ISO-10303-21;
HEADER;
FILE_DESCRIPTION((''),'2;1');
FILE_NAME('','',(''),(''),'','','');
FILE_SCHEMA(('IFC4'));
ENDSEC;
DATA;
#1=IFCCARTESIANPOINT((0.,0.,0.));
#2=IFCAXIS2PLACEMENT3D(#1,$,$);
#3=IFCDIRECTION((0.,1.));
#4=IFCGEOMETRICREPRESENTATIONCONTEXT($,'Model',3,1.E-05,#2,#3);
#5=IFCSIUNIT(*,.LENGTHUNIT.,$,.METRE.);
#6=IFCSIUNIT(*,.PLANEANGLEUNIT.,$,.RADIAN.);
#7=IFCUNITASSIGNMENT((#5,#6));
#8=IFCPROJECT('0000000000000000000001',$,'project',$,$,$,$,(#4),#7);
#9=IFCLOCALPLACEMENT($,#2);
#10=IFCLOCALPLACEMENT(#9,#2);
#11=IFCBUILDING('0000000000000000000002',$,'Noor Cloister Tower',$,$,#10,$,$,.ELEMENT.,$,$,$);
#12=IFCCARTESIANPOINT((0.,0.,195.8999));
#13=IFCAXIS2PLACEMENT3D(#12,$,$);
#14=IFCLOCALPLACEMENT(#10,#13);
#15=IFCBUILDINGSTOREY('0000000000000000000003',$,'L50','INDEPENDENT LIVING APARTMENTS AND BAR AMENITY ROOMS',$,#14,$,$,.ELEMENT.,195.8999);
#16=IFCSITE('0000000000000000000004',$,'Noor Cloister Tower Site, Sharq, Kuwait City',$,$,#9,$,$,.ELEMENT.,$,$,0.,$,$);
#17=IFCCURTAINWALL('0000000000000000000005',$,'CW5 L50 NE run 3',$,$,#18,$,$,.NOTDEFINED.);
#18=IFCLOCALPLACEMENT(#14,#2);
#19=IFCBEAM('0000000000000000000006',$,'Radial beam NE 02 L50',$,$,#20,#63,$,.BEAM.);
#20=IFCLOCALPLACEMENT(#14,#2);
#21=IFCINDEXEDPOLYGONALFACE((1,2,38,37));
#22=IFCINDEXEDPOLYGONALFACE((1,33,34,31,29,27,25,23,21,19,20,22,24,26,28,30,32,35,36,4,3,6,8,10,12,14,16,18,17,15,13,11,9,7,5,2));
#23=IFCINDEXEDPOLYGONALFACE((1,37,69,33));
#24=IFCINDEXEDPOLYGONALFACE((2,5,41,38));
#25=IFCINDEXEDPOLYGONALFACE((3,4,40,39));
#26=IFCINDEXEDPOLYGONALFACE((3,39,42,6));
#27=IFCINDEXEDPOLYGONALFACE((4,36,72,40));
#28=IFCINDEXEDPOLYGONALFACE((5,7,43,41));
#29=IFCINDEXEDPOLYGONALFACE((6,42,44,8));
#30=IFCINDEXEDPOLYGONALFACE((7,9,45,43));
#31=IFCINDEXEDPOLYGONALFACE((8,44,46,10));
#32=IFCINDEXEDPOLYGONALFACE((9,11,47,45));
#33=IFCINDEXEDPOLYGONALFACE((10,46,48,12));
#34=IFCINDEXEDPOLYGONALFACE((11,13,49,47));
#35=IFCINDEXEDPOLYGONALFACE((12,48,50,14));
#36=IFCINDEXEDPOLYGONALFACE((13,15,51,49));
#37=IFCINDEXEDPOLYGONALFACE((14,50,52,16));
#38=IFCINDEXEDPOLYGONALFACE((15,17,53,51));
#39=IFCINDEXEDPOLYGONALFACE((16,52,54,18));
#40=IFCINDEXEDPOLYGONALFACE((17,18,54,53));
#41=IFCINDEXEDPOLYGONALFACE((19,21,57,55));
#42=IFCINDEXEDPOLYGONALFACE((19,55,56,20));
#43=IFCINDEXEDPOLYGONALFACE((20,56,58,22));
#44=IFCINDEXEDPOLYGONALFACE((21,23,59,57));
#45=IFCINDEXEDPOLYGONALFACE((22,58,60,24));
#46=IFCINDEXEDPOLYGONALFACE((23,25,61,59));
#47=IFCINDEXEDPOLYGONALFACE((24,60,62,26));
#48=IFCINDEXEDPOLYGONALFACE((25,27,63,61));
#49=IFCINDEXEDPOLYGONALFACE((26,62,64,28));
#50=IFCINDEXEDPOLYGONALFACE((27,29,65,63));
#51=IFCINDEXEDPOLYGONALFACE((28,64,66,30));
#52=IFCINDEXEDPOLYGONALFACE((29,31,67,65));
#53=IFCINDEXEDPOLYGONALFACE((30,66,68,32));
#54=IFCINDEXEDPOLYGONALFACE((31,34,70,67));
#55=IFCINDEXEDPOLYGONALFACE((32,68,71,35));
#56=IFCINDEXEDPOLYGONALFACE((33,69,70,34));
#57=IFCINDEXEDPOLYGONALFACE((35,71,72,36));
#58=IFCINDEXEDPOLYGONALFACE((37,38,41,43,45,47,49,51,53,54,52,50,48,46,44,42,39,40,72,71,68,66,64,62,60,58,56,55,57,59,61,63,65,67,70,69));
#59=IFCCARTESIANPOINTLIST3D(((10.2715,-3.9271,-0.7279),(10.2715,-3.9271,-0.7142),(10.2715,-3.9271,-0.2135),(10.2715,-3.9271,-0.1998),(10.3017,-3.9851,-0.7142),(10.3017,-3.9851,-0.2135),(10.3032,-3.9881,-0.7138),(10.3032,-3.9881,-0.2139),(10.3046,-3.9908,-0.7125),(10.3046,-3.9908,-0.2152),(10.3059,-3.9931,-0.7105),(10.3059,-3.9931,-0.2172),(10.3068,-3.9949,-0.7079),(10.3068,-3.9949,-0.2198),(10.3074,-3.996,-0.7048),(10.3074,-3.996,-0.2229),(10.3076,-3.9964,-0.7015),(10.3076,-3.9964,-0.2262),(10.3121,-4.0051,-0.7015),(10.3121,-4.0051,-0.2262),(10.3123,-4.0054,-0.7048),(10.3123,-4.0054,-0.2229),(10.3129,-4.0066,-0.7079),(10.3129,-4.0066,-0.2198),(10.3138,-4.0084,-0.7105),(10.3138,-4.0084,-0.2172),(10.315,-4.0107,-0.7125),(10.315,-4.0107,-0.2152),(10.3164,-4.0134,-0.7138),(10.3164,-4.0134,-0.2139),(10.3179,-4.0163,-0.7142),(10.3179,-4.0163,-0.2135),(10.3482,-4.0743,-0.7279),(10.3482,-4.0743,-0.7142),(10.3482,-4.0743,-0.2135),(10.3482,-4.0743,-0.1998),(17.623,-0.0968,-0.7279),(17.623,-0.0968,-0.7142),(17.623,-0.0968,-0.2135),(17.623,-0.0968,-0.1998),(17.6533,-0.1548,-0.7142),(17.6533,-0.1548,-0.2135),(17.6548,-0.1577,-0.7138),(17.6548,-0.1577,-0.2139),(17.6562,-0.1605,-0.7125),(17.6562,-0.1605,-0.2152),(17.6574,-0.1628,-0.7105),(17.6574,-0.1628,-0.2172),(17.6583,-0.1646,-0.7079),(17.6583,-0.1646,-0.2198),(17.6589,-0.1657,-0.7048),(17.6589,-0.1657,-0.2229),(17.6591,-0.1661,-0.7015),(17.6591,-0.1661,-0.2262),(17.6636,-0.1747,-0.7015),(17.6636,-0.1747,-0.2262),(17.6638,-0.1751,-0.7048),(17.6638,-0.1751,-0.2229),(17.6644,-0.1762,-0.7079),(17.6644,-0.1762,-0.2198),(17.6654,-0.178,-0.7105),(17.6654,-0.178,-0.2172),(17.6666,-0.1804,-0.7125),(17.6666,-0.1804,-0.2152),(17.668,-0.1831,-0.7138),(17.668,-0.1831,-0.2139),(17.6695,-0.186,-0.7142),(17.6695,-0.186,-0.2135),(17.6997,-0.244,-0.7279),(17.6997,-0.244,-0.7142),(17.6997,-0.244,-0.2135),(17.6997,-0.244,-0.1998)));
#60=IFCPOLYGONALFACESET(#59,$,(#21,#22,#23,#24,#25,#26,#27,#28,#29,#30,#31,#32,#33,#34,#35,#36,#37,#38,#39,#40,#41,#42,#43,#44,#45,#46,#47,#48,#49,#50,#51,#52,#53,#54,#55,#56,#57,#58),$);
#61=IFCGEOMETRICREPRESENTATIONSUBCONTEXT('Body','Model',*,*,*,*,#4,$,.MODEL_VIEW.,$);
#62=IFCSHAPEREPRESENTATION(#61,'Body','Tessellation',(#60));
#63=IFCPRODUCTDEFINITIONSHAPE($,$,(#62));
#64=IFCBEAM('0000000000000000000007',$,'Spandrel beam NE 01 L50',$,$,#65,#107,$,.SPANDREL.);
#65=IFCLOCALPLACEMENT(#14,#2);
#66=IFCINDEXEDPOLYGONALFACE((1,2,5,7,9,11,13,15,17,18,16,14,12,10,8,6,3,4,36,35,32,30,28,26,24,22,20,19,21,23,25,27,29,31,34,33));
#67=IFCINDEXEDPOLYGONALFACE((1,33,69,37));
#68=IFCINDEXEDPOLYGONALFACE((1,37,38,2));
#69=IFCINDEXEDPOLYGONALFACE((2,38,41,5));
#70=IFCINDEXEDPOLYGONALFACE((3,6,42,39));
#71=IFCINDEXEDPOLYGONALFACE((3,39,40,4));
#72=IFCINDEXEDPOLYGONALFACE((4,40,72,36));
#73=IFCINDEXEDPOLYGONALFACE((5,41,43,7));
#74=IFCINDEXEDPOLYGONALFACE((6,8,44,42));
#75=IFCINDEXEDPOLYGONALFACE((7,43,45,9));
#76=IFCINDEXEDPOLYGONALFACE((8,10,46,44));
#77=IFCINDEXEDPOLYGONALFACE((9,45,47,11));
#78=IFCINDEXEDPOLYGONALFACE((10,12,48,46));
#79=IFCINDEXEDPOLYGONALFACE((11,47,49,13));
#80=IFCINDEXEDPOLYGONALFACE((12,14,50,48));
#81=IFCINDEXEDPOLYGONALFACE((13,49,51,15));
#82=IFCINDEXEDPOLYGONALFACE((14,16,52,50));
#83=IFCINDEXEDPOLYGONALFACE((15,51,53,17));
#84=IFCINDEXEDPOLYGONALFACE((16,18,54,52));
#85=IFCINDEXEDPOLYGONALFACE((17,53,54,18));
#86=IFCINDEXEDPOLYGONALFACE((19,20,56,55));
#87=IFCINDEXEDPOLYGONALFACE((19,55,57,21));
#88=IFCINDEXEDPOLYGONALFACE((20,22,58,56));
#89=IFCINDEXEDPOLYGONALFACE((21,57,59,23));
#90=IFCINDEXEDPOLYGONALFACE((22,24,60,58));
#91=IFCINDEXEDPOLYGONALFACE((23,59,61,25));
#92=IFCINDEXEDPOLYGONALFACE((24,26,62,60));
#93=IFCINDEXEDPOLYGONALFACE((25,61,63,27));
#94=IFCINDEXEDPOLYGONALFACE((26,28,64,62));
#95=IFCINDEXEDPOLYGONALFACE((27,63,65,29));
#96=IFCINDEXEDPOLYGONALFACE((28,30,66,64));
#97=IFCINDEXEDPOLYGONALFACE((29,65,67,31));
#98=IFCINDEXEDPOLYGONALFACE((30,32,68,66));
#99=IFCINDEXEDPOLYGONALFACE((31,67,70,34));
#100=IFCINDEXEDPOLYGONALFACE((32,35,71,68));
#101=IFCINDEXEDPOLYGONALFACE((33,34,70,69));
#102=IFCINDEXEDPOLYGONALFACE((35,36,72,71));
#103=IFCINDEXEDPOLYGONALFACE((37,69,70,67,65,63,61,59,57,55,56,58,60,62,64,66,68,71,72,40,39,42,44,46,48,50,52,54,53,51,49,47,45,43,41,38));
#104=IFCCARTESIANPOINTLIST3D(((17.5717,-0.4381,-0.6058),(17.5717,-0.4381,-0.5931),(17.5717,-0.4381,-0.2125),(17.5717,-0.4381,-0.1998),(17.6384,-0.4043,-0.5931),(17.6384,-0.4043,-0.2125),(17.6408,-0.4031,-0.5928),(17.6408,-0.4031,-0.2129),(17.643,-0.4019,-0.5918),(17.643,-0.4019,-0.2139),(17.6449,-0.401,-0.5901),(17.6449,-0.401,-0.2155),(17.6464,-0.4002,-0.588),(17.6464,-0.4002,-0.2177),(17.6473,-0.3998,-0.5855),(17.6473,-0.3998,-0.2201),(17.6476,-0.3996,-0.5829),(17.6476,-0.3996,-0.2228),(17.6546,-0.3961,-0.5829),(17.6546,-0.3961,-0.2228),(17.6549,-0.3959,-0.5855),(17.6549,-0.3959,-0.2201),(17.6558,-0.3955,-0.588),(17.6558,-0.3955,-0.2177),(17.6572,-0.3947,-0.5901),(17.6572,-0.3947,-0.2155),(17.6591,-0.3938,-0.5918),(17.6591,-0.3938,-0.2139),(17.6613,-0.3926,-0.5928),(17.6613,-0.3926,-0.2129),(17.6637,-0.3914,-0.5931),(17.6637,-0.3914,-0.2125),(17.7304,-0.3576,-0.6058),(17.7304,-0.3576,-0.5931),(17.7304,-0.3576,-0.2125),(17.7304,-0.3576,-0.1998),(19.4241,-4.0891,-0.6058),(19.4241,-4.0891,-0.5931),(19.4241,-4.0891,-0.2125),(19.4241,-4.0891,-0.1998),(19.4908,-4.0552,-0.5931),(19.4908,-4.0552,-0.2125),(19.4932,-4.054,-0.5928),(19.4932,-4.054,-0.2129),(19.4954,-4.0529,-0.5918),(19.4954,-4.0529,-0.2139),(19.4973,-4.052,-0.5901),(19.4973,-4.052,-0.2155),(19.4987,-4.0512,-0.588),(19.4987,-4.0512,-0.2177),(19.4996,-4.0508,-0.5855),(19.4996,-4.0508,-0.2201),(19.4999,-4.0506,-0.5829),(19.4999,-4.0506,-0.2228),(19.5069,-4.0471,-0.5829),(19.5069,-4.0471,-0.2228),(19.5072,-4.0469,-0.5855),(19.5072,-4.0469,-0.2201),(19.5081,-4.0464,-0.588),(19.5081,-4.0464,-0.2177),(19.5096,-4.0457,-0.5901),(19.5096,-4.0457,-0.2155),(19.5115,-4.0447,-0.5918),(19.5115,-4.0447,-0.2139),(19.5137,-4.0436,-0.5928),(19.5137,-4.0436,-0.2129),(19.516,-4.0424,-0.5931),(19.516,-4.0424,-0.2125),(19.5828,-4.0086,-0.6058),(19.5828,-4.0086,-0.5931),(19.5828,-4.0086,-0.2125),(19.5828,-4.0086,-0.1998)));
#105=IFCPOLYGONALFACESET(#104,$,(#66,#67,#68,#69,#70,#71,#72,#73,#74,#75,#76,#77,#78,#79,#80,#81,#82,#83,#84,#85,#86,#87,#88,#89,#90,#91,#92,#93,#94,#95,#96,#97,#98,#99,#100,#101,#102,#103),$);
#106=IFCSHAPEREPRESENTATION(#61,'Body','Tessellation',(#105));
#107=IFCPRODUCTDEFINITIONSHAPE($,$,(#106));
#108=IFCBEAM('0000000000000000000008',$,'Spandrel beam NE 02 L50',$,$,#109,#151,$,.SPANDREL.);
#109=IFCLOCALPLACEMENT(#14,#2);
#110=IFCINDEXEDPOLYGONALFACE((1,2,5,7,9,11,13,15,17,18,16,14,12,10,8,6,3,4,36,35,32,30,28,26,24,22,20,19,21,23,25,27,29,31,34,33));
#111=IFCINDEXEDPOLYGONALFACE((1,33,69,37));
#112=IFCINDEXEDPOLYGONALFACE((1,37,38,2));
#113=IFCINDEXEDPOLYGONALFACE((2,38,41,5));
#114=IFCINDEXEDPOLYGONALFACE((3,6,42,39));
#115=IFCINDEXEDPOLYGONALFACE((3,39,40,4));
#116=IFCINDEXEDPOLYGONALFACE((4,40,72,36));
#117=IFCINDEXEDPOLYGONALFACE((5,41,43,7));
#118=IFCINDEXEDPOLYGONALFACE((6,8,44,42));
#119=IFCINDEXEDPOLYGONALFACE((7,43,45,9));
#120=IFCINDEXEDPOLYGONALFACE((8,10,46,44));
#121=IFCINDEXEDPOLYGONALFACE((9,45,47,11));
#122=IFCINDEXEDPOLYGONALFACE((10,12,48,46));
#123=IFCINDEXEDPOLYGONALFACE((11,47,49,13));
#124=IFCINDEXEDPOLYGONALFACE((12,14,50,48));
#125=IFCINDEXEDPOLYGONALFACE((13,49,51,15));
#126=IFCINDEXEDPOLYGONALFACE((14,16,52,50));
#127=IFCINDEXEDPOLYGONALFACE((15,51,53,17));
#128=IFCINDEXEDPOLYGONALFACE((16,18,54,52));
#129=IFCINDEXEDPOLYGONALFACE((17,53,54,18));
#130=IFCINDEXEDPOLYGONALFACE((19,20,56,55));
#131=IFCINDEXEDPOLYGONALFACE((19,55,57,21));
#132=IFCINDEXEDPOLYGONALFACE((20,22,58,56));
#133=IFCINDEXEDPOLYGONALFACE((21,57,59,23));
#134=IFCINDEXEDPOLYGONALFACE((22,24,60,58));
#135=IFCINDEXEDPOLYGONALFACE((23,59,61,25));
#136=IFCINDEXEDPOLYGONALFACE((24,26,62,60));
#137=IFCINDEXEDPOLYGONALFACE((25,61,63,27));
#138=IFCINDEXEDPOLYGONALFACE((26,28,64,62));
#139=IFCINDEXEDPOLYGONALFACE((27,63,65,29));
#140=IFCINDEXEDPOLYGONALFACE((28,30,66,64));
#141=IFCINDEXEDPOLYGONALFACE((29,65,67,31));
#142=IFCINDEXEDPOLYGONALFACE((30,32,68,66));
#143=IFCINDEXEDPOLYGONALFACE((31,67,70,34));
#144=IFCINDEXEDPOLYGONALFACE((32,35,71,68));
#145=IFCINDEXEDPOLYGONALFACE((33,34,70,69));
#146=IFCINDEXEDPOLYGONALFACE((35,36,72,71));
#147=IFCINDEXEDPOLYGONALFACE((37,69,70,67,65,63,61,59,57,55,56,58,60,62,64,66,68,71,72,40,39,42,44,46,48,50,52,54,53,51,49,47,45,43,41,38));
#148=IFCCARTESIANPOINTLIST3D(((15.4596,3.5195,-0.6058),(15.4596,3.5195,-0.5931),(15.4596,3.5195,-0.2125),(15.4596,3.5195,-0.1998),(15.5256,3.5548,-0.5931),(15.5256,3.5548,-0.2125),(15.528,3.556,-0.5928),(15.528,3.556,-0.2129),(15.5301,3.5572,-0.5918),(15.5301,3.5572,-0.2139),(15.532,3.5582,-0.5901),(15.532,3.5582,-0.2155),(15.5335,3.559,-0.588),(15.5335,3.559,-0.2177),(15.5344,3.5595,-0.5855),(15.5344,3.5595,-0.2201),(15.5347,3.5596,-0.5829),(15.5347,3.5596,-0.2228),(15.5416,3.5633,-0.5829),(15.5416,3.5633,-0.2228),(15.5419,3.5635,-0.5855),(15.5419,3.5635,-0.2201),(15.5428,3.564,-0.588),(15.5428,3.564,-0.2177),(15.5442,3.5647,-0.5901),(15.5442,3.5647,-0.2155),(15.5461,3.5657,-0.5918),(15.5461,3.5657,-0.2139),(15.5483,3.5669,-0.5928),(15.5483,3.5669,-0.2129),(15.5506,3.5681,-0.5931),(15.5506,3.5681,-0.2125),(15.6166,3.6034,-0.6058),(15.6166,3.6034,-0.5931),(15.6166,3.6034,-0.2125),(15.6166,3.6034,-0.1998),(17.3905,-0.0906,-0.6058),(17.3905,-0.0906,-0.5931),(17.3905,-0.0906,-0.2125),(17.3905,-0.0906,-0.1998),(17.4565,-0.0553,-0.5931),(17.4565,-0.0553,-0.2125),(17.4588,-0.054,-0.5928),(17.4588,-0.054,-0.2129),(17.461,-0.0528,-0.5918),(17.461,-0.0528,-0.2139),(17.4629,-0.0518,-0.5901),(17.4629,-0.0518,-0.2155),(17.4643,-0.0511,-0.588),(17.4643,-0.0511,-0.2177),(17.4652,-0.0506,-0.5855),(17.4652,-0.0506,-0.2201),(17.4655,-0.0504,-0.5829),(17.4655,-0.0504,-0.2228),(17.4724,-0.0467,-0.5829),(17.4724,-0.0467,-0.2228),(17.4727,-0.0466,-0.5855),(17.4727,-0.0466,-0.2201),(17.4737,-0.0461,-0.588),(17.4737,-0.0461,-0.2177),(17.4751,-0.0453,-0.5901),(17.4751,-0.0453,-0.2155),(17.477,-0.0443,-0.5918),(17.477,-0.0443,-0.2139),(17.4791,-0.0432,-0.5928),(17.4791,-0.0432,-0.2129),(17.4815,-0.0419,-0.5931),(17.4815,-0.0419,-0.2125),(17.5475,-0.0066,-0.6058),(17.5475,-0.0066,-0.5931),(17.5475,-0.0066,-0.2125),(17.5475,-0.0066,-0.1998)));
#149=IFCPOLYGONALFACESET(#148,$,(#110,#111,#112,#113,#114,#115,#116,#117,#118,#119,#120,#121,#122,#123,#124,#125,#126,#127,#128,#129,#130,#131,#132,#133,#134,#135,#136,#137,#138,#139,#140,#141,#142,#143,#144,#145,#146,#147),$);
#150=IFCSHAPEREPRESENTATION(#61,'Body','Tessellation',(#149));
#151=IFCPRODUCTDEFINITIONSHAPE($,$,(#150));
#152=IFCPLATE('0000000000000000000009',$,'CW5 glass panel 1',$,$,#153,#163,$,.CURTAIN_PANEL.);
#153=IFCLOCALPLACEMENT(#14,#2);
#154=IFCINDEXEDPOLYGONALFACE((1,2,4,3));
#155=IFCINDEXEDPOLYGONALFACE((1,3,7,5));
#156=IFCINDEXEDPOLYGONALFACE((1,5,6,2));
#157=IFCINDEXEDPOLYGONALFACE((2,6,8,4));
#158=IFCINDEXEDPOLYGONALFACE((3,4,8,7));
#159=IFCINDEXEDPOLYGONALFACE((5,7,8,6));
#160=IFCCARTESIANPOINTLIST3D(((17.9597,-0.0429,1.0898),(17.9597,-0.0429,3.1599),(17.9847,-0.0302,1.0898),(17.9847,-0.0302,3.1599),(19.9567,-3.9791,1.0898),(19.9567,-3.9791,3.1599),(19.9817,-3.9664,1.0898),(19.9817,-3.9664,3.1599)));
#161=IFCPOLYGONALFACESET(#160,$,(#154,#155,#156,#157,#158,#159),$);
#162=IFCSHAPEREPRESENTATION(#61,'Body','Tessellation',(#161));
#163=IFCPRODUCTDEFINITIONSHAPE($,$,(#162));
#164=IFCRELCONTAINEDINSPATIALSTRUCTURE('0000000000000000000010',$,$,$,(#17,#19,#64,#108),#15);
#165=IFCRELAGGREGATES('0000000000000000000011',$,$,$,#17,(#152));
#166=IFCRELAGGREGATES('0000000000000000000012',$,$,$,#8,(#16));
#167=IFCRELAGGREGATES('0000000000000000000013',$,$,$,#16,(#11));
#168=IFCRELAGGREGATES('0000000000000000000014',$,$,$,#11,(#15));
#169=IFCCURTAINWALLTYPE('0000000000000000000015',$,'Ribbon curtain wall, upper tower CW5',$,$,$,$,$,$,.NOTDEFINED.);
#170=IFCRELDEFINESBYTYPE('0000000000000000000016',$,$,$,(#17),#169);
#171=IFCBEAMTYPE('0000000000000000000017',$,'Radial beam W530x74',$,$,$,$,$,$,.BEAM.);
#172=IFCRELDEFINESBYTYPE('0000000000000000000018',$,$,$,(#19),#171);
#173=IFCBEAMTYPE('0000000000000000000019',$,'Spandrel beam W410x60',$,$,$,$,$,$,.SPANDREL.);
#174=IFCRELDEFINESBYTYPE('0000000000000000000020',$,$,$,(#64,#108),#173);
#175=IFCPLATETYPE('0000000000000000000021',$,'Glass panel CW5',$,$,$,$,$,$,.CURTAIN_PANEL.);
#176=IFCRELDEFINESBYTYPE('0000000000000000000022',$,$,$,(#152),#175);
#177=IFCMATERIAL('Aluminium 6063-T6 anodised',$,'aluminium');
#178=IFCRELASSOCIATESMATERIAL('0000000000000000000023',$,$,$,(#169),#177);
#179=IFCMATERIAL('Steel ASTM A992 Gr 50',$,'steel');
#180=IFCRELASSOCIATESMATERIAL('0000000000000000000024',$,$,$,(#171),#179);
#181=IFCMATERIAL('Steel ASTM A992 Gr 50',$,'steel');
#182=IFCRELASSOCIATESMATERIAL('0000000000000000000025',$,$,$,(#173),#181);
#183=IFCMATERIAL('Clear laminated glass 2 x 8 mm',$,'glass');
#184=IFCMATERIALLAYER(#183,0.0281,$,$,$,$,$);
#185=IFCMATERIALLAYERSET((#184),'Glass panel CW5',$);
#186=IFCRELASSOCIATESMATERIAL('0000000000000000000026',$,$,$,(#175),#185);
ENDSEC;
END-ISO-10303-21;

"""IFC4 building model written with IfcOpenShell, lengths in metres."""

from ifc_helpers import new_model, si_unit, direction, frame, origin, origin_2d, place, context, subcontext, project, spatial, rectangle, i_section, extrude, material, layer, layer_set, material_profile, profile_set, type_object, element, aggregate, save


model = new_model("IFC4")

# Units and contexts
model_context = context("Model", 3, precision=1e-05, world=origin(), true_north=direction((0.0, 1.0)))
body_context = subcontext(model_context, "Body", "Model", "MODEL_VIEW")
ifc_project = project(units=[si_unit("LENGTHUNIT", "METRE"), si_unit("PLANEANGLEUNIT", "RADIAN")], contexts=[model_context])

# Site, building, storey
site_placement = place(None, origin())
site = spatial("IfcSite", under=ifc_project, at=site_placement, Name="Noor Cloister Tower Site, Sharq, Kuwait City", CompositionType="ELEMENT", RefElevation=0.0)
building_placement = place(site_placement, origin())
building = spatial("IfcBuilding", under=site, at=building_placement, Name="Noor Cloister Tower", CompositionType="ELEMENT")
storey_placement = place(building_placement, frame((0.0, 0.0, 195.8999)))
storey = spatial("IfcBuildingStorey", under=building, at=storey_placement, Name="L50", Description="INDEPENDENT LIVING APARTMENTS AND BAR AMENITY ROOMS", CompositionType="ELEMENT", Elevation=195.8999)

# Curtain wall
ifc_material_1 = material(Name="Aluminium 6063-T6 anodised", Category="aluminium")
curtain_wall_type = type_object("IfcCurtainWallType", Name="Ribbon curtain wall, upper tower CW5", PredefinedType="NOTDEFINED", material=ifc_material_1)
curtain_wall_placement = place(storey_placement, origin())
curtain_wall = element("IfcCurtainWall", 1, at=curtain_wall_placement, inside=storey, type_object=curtain_wall_type, Name="CW5 L50 NE run 3", PredefinedType="NOTDEFINED")

# Beams
ifc_material_2 = material(Name="Steel ASTM A992 Gr 50", Category="steel")
ifc_material_profile_1 = material_profile(ifc_material_2, i_section(OverallWidth=0.166, OverallDepth=0.5281, WebThickness=0.0098, FlangeThickness=0.0137, FilletRadius=0.0127, at=origin_2d()), Name="W530x74")
ifc_profile_set_1 = profile_set([ifc_material_profile_1], Name="Steel ASTM A992 Gr 50")
beam_type_1 = type_object("IfcBeamType", Name="Radial beam W530x74", PredefinedType="BEAM", material=ifc_profile_set_1)
beam_1_placement = place(storey_placement, frame((17.6614, -0.1704, -0.4639), z_axis=(-0.886846, -0.462066, 0.0), x_axis=(0.462066, -0.886846, 0.0)))
element("IfcBeam", 2, at=beam_1_placement, inside=storey, type_object=beam_type_1, Name="Radial beam NE 02 L50", PredefinedType="BEAM", context=body_context, shape_type="SweptSolid", body=[
    extrude(i_section(OverallWidth=0.166, OverallDepth=0.5281, WebThickness=0.0098, FlangeThickness=0.0137, FilletRadius=0.0127, at=origin_2d()), origin(), (0.0, 0.0, 1.0), 8.2896),
])
ifc_material_3 = material(Name="Steel ASTM A992 Gr 50", Category="steel")
ifc_material_profile_2 = material_profile(ifc_material_3, i_section(OverallWidth=0.178, OverallDepth=0.406, WebThickness=0.0078, FlangeThickness=0.0127, FilletRadius=0.0103, at=origin_2d()), Name="W410x60")
ifc_profile_set_2 = profile_set([ifc_material_profile_2], Name="Steel ASTM A992 Gr 50")
beam_type_2 = type_object("IfcBeamType", Name="Spandrel beam W410x60", PredefinedType="SPANDREL", material=ifc_profile_set_2)
for number, where, z_axis, x_axis, name in (
    (3, (19.5034, -4.0488, -0.4028), (-0.452454, 0.891788, 0.0), (-0.891788, -0.452454, 0.0), "Spandrel beam NE 01 L50"),
    (4, (17.469, -0.0486, -0.4028), (-0.471637, 0.881793, 0.0), (-0.881793, -0.471637, 0.0), "Spandrel beam NE 02 L50"),
):
    element("IfcBeam", number, at=place(storey_placement, frame(where, z_axis=z_axis, x_axis=x_axis)), inside=storey, type_object=beam_type_2, Name=name, PredefinedType="SPANDREL", context=body_context, shape_type="SweptSolid", body=[
        extrude(i_section(OverallWidth=0.178, OverallDepth=0.406, WebThickness=0.0078, FlangeThickness=0.0127, FilletRadius=0.0103, at=origin_2d()), origin(), (0.0, 0.0, 1.0), 4.094),
    ])

# Plate
ifc_material_4 = material(Name="Clear laminated glass 2 x 8 mm", Category="glass")
ifc_layer_1 = layer(ifc_material_4, 0.0281)
ifc_layer_set_1 = layer_set([ifc_layer_1], Name="Glass panel CW5")
plate_type = type_object("IfcPlateType", Name="Glass panel CW5", PredefinedType="CURTAIN_PANEL", material=ifc_layer_set_1)
plate_placement = place(storey_placement, frame((18.9707, -2.0046, 1.0898), z_axis=(0.0, 0.0, 1.0), x_axis=(-0.452439, 0.891795, 0.0)))
plate = element("IfcPlate", 5, at=plate_placement, type_object=plate_type, Name="CW5 glass panel 1", PredefinedType="CURTAIN_PANEL", context=body_context, shape_type="SweptSolid", body=[
    extrude(rectangle(XDim=4.4138, YDim=0.0281, at=origin_2d()), origin(), (0.0, 0.0, 1.0), 2.0701),
])
aggregate(curtain_wall, [plate])

save(model, "model.ifc")
